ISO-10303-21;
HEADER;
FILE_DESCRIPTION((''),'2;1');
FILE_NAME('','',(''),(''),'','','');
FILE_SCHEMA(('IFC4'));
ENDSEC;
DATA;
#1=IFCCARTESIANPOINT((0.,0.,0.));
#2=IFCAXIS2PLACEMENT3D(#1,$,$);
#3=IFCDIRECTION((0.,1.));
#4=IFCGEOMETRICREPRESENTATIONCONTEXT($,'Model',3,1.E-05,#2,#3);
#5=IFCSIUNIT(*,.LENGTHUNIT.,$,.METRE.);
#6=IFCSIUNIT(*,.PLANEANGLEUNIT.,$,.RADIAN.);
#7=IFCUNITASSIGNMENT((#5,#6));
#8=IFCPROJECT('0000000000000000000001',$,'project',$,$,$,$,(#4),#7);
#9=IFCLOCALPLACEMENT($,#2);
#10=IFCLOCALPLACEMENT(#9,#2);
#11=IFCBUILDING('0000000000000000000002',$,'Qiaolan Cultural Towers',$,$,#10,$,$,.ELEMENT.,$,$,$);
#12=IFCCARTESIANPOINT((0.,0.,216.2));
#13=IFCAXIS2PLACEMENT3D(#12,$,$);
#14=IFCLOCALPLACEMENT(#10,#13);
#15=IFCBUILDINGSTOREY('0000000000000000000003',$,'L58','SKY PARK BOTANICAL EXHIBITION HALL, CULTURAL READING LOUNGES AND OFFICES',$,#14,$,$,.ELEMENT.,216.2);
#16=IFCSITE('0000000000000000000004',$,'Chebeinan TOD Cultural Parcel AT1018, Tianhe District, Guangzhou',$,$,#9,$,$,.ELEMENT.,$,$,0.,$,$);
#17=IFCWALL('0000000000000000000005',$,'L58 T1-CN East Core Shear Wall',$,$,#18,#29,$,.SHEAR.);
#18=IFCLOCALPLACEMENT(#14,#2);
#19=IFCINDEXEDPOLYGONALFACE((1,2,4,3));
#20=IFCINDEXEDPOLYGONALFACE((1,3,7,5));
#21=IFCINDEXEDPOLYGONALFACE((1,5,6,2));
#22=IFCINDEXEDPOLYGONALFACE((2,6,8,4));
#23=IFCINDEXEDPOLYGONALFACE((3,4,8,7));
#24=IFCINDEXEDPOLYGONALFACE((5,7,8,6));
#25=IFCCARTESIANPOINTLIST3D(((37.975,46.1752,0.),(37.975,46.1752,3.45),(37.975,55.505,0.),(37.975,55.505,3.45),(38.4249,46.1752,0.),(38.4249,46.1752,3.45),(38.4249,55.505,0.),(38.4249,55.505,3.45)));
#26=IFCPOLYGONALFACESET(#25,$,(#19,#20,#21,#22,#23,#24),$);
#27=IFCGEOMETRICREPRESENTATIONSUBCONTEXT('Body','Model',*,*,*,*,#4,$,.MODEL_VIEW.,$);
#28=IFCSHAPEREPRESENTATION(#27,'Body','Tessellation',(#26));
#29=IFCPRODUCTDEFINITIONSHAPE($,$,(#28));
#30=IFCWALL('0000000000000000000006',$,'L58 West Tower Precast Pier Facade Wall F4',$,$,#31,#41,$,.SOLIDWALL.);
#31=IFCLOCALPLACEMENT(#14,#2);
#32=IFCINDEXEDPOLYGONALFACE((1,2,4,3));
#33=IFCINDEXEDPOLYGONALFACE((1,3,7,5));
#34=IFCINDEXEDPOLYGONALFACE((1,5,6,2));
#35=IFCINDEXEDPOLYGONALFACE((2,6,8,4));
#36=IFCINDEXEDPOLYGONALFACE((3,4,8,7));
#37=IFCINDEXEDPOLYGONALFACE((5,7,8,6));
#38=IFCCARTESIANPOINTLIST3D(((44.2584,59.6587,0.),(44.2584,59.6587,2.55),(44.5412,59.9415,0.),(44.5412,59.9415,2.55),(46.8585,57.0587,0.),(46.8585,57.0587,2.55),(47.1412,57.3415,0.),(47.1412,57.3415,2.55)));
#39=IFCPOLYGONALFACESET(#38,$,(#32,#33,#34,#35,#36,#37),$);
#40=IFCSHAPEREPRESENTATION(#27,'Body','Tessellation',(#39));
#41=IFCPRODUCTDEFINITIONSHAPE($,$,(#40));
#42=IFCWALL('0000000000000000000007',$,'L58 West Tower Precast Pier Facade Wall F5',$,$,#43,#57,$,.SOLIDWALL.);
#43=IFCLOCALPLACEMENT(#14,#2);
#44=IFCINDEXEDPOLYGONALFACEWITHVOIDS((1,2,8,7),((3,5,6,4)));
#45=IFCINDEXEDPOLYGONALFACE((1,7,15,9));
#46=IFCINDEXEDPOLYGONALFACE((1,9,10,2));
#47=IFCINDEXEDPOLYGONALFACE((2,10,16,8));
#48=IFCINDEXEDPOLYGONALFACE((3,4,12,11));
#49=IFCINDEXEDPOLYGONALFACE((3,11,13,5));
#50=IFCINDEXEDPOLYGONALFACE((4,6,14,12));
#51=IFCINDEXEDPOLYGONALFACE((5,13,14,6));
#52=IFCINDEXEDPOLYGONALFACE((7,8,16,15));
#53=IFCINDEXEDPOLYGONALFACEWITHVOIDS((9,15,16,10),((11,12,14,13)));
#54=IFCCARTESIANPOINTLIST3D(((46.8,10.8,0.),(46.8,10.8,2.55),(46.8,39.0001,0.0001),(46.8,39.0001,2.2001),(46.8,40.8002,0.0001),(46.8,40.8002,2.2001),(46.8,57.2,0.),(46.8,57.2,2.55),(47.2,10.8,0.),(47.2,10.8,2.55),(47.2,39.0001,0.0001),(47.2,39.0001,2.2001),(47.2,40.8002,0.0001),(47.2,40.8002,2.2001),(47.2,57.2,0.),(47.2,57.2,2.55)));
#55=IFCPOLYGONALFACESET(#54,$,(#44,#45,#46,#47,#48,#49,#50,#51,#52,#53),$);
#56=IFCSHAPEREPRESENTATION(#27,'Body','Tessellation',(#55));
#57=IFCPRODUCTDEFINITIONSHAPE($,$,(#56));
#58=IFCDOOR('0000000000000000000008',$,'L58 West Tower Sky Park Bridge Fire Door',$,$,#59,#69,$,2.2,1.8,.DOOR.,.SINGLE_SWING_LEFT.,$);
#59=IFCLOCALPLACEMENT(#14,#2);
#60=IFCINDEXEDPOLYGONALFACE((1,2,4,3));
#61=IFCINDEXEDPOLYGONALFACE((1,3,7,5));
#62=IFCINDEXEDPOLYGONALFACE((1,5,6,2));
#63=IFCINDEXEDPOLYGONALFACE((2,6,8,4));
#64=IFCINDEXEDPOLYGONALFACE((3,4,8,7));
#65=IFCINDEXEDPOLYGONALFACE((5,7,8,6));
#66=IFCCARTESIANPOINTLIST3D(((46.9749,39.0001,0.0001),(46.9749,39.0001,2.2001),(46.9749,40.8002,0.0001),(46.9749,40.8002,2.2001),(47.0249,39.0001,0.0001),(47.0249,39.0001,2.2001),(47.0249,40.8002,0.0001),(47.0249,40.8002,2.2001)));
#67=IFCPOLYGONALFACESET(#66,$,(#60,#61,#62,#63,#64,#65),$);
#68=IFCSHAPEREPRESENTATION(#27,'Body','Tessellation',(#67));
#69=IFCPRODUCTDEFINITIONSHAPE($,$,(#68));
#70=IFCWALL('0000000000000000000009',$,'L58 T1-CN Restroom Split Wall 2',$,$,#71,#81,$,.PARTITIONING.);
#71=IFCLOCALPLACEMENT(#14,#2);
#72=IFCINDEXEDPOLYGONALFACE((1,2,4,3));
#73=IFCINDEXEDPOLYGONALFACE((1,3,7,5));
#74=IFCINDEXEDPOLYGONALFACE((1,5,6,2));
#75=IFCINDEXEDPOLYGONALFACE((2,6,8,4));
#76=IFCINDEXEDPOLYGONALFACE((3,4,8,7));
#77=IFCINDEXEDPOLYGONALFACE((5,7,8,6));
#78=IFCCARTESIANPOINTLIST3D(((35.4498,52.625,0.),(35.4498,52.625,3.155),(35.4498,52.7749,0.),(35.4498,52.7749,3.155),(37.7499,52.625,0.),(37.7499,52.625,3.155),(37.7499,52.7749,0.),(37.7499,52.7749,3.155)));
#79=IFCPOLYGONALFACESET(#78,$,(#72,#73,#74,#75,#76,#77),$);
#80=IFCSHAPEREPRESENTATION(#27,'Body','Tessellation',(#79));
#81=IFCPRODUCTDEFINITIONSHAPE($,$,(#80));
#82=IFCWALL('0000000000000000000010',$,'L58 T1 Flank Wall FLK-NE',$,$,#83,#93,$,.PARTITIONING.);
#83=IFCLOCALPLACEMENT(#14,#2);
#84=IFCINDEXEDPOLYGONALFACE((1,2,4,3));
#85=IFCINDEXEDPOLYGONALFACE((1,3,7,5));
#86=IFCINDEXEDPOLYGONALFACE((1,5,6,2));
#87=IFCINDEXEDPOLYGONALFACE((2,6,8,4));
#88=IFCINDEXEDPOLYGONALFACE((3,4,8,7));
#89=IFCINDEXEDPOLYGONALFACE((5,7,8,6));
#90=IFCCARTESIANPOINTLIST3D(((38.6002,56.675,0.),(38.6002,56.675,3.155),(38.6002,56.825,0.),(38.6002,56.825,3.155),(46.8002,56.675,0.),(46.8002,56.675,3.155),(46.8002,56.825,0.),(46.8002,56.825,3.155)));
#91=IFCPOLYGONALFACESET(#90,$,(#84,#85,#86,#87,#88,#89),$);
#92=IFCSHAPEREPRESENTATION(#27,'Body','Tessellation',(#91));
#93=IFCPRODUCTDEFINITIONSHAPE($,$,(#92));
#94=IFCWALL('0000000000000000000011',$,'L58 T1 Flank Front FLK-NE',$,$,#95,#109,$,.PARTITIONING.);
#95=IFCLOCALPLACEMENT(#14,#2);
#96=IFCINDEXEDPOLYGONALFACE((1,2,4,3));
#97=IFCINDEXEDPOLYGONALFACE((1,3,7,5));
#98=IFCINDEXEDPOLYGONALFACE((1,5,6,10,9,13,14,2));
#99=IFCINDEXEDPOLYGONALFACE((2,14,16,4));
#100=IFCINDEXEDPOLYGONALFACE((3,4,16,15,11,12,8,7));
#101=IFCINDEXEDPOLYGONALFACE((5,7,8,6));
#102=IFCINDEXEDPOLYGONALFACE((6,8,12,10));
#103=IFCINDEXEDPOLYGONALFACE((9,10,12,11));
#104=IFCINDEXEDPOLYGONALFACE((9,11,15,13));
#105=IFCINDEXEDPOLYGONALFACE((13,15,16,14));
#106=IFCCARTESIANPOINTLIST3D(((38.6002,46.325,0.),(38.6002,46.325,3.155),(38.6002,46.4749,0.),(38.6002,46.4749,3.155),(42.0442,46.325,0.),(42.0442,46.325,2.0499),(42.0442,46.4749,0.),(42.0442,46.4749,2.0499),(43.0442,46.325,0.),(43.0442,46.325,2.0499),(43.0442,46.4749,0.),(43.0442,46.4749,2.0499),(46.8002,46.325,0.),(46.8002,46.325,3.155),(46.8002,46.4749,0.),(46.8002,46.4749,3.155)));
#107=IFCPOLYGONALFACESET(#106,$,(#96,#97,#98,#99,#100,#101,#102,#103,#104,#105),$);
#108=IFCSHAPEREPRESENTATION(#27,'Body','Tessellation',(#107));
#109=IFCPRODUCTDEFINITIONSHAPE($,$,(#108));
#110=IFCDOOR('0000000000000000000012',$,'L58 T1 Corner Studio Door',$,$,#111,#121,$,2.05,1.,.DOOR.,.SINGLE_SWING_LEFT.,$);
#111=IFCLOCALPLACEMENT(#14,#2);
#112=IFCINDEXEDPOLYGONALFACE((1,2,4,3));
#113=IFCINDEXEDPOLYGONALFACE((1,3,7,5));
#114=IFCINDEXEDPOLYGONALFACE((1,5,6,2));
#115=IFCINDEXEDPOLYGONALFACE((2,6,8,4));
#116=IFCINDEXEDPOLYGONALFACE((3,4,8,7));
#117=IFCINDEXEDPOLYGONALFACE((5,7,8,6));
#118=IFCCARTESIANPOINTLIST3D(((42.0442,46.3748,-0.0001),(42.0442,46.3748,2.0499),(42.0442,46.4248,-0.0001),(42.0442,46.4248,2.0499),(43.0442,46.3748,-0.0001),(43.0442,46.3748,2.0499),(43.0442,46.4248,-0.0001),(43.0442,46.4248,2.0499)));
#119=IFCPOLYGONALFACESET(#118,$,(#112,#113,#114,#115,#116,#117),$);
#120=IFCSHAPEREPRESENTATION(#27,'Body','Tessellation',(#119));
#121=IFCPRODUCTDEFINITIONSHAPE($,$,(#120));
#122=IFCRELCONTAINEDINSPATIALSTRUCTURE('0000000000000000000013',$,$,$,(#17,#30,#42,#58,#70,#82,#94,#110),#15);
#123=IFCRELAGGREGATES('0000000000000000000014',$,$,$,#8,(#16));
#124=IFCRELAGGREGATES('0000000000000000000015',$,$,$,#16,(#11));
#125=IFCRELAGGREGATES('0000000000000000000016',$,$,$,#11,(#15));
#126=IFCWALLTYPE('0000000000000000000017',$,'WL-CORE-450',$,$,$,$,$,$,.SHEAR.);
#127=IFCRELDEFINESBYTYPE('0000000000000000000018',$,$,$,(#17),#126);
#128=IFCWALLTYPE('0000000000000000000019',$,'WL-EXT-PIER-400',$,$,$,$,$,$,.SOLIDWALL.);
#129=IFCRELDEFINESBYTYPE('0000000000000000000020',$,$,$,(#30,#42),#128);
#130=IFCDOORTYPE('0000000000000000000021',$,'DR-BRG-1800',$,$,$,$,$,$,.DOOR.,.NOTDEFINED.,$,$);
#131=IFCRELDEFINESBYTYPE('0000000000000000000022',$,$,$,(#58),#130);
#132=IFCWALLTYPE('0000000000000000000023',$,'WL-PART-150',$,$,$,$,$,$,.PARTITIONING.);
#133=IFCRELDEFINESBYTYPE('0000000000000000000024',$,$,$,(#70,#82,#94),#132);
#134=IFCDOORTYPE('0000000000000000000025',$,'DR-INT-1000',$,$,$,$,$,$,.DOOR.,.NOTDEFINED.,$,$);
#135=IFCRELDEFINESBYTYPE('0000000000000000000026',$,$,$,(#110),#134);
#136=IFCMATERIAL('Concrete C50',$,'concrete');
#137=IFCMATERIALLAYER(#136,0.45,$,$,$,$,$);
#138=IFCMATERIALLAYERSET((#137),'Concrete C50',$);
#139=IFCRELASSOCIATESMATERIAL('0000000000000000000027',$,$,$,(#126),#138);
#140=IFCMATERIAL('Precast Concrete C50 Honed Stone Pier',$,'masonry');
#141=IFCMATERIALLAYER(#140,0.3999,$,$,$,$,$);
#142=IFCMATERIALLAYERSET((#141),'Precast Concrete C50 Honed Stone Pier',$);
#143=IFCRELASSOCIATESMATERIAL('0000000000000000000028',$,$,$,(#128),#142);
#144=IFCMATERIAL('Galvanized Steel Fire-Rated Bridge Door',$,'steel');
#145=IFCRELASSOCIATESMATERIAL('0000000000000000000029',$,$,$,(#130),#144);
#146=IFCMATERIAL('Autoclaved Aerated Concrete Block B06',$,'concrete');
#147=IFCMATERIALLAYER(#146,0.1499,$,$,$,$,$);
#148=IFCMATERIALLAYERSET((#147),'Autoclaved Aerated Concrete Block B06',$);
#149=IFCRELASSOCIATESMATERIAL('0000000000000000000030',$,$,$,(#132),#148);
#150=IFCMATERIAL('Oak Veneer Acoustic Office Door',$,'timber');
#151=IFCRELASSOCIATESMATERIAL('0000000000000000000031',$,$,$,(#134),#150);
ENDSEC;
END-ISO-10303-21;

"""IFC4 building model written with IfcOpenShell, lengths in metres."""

from ifc_helpers import new_model, si_unit, direction, frame, frame_2d, origin, place, context, subcontext, project, spatial, rectangle, extrude, material, layer, layer_set, type_object, element, fill, save


model = new_model("IFC4")

# Units and contexts
model_context = context("Model", 3, precision=1e-05, world=origin(), true_north=direction((0.0, 1.0)))
body_context = subcontext(model_context, "Body", "Model", "MODEL_VIEW")
ifc_project = project(units=[si_unit("LENGTHUNIT", "METRE"), si_unit("PLANEANGLEUNIT", "RADIAN")], contexts=[model_context])

# Site, building, storey
site_placement = place(None, origin())
site = spatial("IfcSite", under=ifc_project, at=site_placement, Name="Chebeinan TOD Cultural Parcel AT1018, Tianhe District, Guangzhou", CompositionType="ELEMENT", RefElevation=0.0)
building_placement = place(site_placement, origin())
building = spatial("IfcBuilding", under=site, at=building_placement, Name="Qiaolan Cultural Towers", CompositionType="ELEMENT")
storey_placement = place(building_placement, frame((0.0, 0.0, 216.2)))
storey = spatial("IfcBuildingStorey", under=building, at=storey_placement, Name="L58", Description="SKY PARK BOTANICAL EXHIBITION HALL, CULTURAL READING LOUNGES AND OFFICES", CompositionType="ELEMENT", Elevation=216.2)

# Walls
ifc_material_1 = material(Name="Concrete C50", Category="concrete")
ifc_layer_1 = layer(ifc_material_1, 0.45)
ifc_layer_set_1 = layer_set([ifc_layer_1], Name="Concrete C50")
wall_type_1 = type_object("IfcWallType", Name="WL-CORE-450", PredefinedType="SHEAR", material=ifc_layer_set_1)
wall_1_placement = place(storey_placement, frame((38.2, 46.175, 0.0), z_axis=(0.0, 0.0, 1.0), x_axis=(0.0, 1.0, 0.0)))
element("IfcWall", 1, at=wall_1_placement, inside=storey, type_object=wall_type_1, Name="L58 T1-CN East Core Shear Wall", PredefinedType="SHEAR", context=body_context, shape_type="SweptSolid", body=[
    extrude(rectangle(XDim=9.3298, YDim=0.45, at=frame_2d((4.665, 0.0))), origin(), (0.0, 0.0, 1.0), 3.45),
])
ifc_material_2 = material(Name="Precast Concrete C50 Honed Stone Pier", Category="masonry")
ifc_layer_2 = layer(ifc_material_2, 0.3999)
ifc_layer_set_2 = layer_set([ifc_layer_2], Name="Precast Concrete C50 Honed Stone Pier")
wall_type_2 = type_object("IfcWallType", Name="WL-EXT-PIER-400", PredefinedType="SOLIDWALL", material=ifc_layer_set_2)
wall_2_placement = place(storey_placement, frame((44.3999, 59.8, 0.0), z_axis=(0.0, 0.0, 1.0), x_axis=(0.707107, -0.707107, 0.0)))
element("IfcWall", 2, at=wall_2_placement, inside=storey, type_object=wall_type_2, Name="L58 West Tower Precast Pier Facade Wall F4", PredefinedType="SOLIDWALL", context=body_context, shape_type="SweptSolid", body=[
    extrude(rectangle(XDim=3.677, YDim=0.3999, at=frame_2d((1.8384, 0.0))), origin(), (0.0, 0.0, 1.0), 2.55),
])

# Wall, opening, door
wall_3_placement = place(storey_placement, frame((47.0, 57.2, 0.0), z_axis=(0.0, 0.0, 1.0), x_axis=(0.0, -1.0, 0.0)))
wall_3 = element("IfcWall", 3, at=wall_3_placement, inside=storey, type_object=wall_type_2, Name="L58 West Tower Precast Pier Facade Wall F5", PredefinedType="SOLIDWALL", context=body_context, shape_type="SweptSolid", body=[
    extrude(rectangle(XDim=46.3999, YDim=0.3999, at=frame_2d((23.2, 0.0))), origin(), (0.0, 0.0, 1.0), 2.55),
])
opening_1_placement = place(wall_3_placement, frame((16.3999, 0.0, 0.0)))
opening_1 = element("IfcOpeningElement", 4, at=opening_1_placement, cuts=wall_3, PredefinedType="OPENING", context=body_context, shape_type="SweptSolid", body=[
    extrude(rectangle(XDim=1.8, YDim=2.2, at=frame_2d((0.8999, 1.1001))), frame((0.0, 0.21, 0.0), z_axis=(0.0, -1.0, 0.0), x_axis=(1.0, 0.0, 0.0)), (0.0, 0.0, 1.0), 0.4199),
])
ifc_material_3 = material(Name="Galvanized Steel Fire-Rated Bridge Door", Category="steel")
door_type_1 = type_object("IfcDoorType", Name="DR-BRG-1800", OperationType="NOTDEFINED", PredefinedType="DOOR", material=ifc_material_3)
door_1_placement = place(opening_1_placement, origin())
door_1 = element("IfcDoor", 5, at=door_1_placement, inside=storey, type_object=door_type_1, Name="L58 West Tower Sky Park Bridge Fire Door", OperationType="SINGLE_SWING_LEFT", OverallHeight=2.2, OverallWidth=1.8, PredefinedType="DOOR", context=body_context, shape_type="SweptSolid", body=[
    extrude(rectangle(XDim=1.8, YDim=2.2, at=frame_2d((0.8999, 1.1001))), frame((0.0, 0.0249, 0.0), z_axis=(0.0, -1.0, 0.0), x_axis=(1.0, 0.0, 0.0)), (0.0, 0.0, 1.0), 0.05),
])
fill(opening_1, door_1)

# Walls
ifc_material_4 = material(Name="Autoclaved Aerated Concrete Block B06", Category="concrete")
ifc_layer_3 = layer(ifc_material_4, 0.1499)
ifc_layer_set_3 = layer_set([ifc_layer_3], Name="Autoclaved Aerated Concrete Block B06")
wall_type_3 = type_object("IfcWallType", Name="WL-PART-150", PredefinedType="PARTITIONING", material=ifc_layer_set_3)
wall_4_placement = place(storey_placement, frame((35.45, 52.7, 0.0), z_axis=(0.0, 0.0, 1.0), x_axis=(1.0, 0.0, 0.0)))
element("IfcWall", 6, at=wall_4_placement, inside=storey, type_object=wall_type_3, Name="L58 T1-CN Restroom Split Wall 2", PredefinedType="PARTITIONING", context=body_context, shape_type="SweptSolid", body=[
    extrude(rectangle(XDim=2.3, YDim=0.1499, at=frame_2d((1.1499, 0.0))), origin(), (0.0, 0.0, 1.0), 3.155),
])
wall_5_placement = place(storey_placement, frame((38.6001, 56.75, 0.0), z_axis=(0.0, 0.0, 1.0), x_axis=(1.0, 0.0, 0.0)))
element("IfcWall", 7, at=wall_5_placement, inside=storey, type_object=wall_type_3, Name="L58 T1 Flank Wall FLK-NE", PredefinedType="PARTITIONING", context=body_context, shape_type="SweptSolid", body=[
    extrude(rectangle(XDim=8.2, YDim=0.1499, at=frame_2d((4.1001, 0.0))), origin(), (0.0, 0.0, 1.0), 3.155),
])

# Wall, opening, door
wall_6_placement = place(storey_placement, frame((38.6001, 46.3999, 0.0), z_axis=(0.0, 0.0, 1.0), x_axis=(1.0, 0.0, 0.0)))
wall_6 = element("IfcWall", 8, at=wall_6_placement, inside=storey, type_object=wall_type_3, Name="L58 T1 Flank Front FLK-NE", PredefinedType="PARTITIONING", context=body_context, shape_type="SweptSolid", body=[
    extrude(rectangle(XDim=8.2, YDim=0.1499, at=frame_2d((4.1001, 0.0))), origin(), (0.0, 0.0, 1.0), 3.155),
])
opening_2_placement = place(wall_6_placement, frame((3.4441, 0.0, 0.0)))
opening_2 = element("IfcOpeningElement", 9, at=opening_2_placement, cuts=wall_6, PredefinedType="OPENING", context=body_context, shape_type="SweptSolid", body=[
    extrude(rectangle(XDim=1.0, YDim=2.05, at=frame_2d((0.5, 1.0249))), frame((0.0, 0.085, 0.0), z_axis=(0.0, -1.0, 0.0), x_axis=(1.0, 0.0, 0.0)), (0.0, 0.0, 1.0), 0.1699),
])
ifc_material_5 = material(Name="Oak Veneer Acoustic Office Door", Category="timber")
door_type_2 = type_object("IfcDoorType", Name="DR-INT-1000", OperationType="NOTDEFINED", PredefinedType="DOOR", material=ifc_material_5)
door_2_placement = place(opening_2_placement, origin())
door_2 = element("IfcDoor", 10, at=door_2_placement, inside=storey, type_object=door_type_2, Name="L58 T1 Corner Studio Door", OperationType="SINGLE_SWING_LEFT", OverallHeight=2.05, OverallWidth=1.0, PredefinedType="DOOR", context=body_context, shape_type="SweptSolid", body=[
    extrude(rectangle(XDim=1.0, YDim=2.05, at=frame_2d((0.5, 1.0249))), frame((0.0, 0.0249, 0.0), z_axis=(0.0, -1.0, 0.0), x_axis=(1.0, 0.0, 0.0)), (0.0, 0.0, 1.0), 0.05),
])
fill(opening_2, door_2)

save(model, "model.ifc")
